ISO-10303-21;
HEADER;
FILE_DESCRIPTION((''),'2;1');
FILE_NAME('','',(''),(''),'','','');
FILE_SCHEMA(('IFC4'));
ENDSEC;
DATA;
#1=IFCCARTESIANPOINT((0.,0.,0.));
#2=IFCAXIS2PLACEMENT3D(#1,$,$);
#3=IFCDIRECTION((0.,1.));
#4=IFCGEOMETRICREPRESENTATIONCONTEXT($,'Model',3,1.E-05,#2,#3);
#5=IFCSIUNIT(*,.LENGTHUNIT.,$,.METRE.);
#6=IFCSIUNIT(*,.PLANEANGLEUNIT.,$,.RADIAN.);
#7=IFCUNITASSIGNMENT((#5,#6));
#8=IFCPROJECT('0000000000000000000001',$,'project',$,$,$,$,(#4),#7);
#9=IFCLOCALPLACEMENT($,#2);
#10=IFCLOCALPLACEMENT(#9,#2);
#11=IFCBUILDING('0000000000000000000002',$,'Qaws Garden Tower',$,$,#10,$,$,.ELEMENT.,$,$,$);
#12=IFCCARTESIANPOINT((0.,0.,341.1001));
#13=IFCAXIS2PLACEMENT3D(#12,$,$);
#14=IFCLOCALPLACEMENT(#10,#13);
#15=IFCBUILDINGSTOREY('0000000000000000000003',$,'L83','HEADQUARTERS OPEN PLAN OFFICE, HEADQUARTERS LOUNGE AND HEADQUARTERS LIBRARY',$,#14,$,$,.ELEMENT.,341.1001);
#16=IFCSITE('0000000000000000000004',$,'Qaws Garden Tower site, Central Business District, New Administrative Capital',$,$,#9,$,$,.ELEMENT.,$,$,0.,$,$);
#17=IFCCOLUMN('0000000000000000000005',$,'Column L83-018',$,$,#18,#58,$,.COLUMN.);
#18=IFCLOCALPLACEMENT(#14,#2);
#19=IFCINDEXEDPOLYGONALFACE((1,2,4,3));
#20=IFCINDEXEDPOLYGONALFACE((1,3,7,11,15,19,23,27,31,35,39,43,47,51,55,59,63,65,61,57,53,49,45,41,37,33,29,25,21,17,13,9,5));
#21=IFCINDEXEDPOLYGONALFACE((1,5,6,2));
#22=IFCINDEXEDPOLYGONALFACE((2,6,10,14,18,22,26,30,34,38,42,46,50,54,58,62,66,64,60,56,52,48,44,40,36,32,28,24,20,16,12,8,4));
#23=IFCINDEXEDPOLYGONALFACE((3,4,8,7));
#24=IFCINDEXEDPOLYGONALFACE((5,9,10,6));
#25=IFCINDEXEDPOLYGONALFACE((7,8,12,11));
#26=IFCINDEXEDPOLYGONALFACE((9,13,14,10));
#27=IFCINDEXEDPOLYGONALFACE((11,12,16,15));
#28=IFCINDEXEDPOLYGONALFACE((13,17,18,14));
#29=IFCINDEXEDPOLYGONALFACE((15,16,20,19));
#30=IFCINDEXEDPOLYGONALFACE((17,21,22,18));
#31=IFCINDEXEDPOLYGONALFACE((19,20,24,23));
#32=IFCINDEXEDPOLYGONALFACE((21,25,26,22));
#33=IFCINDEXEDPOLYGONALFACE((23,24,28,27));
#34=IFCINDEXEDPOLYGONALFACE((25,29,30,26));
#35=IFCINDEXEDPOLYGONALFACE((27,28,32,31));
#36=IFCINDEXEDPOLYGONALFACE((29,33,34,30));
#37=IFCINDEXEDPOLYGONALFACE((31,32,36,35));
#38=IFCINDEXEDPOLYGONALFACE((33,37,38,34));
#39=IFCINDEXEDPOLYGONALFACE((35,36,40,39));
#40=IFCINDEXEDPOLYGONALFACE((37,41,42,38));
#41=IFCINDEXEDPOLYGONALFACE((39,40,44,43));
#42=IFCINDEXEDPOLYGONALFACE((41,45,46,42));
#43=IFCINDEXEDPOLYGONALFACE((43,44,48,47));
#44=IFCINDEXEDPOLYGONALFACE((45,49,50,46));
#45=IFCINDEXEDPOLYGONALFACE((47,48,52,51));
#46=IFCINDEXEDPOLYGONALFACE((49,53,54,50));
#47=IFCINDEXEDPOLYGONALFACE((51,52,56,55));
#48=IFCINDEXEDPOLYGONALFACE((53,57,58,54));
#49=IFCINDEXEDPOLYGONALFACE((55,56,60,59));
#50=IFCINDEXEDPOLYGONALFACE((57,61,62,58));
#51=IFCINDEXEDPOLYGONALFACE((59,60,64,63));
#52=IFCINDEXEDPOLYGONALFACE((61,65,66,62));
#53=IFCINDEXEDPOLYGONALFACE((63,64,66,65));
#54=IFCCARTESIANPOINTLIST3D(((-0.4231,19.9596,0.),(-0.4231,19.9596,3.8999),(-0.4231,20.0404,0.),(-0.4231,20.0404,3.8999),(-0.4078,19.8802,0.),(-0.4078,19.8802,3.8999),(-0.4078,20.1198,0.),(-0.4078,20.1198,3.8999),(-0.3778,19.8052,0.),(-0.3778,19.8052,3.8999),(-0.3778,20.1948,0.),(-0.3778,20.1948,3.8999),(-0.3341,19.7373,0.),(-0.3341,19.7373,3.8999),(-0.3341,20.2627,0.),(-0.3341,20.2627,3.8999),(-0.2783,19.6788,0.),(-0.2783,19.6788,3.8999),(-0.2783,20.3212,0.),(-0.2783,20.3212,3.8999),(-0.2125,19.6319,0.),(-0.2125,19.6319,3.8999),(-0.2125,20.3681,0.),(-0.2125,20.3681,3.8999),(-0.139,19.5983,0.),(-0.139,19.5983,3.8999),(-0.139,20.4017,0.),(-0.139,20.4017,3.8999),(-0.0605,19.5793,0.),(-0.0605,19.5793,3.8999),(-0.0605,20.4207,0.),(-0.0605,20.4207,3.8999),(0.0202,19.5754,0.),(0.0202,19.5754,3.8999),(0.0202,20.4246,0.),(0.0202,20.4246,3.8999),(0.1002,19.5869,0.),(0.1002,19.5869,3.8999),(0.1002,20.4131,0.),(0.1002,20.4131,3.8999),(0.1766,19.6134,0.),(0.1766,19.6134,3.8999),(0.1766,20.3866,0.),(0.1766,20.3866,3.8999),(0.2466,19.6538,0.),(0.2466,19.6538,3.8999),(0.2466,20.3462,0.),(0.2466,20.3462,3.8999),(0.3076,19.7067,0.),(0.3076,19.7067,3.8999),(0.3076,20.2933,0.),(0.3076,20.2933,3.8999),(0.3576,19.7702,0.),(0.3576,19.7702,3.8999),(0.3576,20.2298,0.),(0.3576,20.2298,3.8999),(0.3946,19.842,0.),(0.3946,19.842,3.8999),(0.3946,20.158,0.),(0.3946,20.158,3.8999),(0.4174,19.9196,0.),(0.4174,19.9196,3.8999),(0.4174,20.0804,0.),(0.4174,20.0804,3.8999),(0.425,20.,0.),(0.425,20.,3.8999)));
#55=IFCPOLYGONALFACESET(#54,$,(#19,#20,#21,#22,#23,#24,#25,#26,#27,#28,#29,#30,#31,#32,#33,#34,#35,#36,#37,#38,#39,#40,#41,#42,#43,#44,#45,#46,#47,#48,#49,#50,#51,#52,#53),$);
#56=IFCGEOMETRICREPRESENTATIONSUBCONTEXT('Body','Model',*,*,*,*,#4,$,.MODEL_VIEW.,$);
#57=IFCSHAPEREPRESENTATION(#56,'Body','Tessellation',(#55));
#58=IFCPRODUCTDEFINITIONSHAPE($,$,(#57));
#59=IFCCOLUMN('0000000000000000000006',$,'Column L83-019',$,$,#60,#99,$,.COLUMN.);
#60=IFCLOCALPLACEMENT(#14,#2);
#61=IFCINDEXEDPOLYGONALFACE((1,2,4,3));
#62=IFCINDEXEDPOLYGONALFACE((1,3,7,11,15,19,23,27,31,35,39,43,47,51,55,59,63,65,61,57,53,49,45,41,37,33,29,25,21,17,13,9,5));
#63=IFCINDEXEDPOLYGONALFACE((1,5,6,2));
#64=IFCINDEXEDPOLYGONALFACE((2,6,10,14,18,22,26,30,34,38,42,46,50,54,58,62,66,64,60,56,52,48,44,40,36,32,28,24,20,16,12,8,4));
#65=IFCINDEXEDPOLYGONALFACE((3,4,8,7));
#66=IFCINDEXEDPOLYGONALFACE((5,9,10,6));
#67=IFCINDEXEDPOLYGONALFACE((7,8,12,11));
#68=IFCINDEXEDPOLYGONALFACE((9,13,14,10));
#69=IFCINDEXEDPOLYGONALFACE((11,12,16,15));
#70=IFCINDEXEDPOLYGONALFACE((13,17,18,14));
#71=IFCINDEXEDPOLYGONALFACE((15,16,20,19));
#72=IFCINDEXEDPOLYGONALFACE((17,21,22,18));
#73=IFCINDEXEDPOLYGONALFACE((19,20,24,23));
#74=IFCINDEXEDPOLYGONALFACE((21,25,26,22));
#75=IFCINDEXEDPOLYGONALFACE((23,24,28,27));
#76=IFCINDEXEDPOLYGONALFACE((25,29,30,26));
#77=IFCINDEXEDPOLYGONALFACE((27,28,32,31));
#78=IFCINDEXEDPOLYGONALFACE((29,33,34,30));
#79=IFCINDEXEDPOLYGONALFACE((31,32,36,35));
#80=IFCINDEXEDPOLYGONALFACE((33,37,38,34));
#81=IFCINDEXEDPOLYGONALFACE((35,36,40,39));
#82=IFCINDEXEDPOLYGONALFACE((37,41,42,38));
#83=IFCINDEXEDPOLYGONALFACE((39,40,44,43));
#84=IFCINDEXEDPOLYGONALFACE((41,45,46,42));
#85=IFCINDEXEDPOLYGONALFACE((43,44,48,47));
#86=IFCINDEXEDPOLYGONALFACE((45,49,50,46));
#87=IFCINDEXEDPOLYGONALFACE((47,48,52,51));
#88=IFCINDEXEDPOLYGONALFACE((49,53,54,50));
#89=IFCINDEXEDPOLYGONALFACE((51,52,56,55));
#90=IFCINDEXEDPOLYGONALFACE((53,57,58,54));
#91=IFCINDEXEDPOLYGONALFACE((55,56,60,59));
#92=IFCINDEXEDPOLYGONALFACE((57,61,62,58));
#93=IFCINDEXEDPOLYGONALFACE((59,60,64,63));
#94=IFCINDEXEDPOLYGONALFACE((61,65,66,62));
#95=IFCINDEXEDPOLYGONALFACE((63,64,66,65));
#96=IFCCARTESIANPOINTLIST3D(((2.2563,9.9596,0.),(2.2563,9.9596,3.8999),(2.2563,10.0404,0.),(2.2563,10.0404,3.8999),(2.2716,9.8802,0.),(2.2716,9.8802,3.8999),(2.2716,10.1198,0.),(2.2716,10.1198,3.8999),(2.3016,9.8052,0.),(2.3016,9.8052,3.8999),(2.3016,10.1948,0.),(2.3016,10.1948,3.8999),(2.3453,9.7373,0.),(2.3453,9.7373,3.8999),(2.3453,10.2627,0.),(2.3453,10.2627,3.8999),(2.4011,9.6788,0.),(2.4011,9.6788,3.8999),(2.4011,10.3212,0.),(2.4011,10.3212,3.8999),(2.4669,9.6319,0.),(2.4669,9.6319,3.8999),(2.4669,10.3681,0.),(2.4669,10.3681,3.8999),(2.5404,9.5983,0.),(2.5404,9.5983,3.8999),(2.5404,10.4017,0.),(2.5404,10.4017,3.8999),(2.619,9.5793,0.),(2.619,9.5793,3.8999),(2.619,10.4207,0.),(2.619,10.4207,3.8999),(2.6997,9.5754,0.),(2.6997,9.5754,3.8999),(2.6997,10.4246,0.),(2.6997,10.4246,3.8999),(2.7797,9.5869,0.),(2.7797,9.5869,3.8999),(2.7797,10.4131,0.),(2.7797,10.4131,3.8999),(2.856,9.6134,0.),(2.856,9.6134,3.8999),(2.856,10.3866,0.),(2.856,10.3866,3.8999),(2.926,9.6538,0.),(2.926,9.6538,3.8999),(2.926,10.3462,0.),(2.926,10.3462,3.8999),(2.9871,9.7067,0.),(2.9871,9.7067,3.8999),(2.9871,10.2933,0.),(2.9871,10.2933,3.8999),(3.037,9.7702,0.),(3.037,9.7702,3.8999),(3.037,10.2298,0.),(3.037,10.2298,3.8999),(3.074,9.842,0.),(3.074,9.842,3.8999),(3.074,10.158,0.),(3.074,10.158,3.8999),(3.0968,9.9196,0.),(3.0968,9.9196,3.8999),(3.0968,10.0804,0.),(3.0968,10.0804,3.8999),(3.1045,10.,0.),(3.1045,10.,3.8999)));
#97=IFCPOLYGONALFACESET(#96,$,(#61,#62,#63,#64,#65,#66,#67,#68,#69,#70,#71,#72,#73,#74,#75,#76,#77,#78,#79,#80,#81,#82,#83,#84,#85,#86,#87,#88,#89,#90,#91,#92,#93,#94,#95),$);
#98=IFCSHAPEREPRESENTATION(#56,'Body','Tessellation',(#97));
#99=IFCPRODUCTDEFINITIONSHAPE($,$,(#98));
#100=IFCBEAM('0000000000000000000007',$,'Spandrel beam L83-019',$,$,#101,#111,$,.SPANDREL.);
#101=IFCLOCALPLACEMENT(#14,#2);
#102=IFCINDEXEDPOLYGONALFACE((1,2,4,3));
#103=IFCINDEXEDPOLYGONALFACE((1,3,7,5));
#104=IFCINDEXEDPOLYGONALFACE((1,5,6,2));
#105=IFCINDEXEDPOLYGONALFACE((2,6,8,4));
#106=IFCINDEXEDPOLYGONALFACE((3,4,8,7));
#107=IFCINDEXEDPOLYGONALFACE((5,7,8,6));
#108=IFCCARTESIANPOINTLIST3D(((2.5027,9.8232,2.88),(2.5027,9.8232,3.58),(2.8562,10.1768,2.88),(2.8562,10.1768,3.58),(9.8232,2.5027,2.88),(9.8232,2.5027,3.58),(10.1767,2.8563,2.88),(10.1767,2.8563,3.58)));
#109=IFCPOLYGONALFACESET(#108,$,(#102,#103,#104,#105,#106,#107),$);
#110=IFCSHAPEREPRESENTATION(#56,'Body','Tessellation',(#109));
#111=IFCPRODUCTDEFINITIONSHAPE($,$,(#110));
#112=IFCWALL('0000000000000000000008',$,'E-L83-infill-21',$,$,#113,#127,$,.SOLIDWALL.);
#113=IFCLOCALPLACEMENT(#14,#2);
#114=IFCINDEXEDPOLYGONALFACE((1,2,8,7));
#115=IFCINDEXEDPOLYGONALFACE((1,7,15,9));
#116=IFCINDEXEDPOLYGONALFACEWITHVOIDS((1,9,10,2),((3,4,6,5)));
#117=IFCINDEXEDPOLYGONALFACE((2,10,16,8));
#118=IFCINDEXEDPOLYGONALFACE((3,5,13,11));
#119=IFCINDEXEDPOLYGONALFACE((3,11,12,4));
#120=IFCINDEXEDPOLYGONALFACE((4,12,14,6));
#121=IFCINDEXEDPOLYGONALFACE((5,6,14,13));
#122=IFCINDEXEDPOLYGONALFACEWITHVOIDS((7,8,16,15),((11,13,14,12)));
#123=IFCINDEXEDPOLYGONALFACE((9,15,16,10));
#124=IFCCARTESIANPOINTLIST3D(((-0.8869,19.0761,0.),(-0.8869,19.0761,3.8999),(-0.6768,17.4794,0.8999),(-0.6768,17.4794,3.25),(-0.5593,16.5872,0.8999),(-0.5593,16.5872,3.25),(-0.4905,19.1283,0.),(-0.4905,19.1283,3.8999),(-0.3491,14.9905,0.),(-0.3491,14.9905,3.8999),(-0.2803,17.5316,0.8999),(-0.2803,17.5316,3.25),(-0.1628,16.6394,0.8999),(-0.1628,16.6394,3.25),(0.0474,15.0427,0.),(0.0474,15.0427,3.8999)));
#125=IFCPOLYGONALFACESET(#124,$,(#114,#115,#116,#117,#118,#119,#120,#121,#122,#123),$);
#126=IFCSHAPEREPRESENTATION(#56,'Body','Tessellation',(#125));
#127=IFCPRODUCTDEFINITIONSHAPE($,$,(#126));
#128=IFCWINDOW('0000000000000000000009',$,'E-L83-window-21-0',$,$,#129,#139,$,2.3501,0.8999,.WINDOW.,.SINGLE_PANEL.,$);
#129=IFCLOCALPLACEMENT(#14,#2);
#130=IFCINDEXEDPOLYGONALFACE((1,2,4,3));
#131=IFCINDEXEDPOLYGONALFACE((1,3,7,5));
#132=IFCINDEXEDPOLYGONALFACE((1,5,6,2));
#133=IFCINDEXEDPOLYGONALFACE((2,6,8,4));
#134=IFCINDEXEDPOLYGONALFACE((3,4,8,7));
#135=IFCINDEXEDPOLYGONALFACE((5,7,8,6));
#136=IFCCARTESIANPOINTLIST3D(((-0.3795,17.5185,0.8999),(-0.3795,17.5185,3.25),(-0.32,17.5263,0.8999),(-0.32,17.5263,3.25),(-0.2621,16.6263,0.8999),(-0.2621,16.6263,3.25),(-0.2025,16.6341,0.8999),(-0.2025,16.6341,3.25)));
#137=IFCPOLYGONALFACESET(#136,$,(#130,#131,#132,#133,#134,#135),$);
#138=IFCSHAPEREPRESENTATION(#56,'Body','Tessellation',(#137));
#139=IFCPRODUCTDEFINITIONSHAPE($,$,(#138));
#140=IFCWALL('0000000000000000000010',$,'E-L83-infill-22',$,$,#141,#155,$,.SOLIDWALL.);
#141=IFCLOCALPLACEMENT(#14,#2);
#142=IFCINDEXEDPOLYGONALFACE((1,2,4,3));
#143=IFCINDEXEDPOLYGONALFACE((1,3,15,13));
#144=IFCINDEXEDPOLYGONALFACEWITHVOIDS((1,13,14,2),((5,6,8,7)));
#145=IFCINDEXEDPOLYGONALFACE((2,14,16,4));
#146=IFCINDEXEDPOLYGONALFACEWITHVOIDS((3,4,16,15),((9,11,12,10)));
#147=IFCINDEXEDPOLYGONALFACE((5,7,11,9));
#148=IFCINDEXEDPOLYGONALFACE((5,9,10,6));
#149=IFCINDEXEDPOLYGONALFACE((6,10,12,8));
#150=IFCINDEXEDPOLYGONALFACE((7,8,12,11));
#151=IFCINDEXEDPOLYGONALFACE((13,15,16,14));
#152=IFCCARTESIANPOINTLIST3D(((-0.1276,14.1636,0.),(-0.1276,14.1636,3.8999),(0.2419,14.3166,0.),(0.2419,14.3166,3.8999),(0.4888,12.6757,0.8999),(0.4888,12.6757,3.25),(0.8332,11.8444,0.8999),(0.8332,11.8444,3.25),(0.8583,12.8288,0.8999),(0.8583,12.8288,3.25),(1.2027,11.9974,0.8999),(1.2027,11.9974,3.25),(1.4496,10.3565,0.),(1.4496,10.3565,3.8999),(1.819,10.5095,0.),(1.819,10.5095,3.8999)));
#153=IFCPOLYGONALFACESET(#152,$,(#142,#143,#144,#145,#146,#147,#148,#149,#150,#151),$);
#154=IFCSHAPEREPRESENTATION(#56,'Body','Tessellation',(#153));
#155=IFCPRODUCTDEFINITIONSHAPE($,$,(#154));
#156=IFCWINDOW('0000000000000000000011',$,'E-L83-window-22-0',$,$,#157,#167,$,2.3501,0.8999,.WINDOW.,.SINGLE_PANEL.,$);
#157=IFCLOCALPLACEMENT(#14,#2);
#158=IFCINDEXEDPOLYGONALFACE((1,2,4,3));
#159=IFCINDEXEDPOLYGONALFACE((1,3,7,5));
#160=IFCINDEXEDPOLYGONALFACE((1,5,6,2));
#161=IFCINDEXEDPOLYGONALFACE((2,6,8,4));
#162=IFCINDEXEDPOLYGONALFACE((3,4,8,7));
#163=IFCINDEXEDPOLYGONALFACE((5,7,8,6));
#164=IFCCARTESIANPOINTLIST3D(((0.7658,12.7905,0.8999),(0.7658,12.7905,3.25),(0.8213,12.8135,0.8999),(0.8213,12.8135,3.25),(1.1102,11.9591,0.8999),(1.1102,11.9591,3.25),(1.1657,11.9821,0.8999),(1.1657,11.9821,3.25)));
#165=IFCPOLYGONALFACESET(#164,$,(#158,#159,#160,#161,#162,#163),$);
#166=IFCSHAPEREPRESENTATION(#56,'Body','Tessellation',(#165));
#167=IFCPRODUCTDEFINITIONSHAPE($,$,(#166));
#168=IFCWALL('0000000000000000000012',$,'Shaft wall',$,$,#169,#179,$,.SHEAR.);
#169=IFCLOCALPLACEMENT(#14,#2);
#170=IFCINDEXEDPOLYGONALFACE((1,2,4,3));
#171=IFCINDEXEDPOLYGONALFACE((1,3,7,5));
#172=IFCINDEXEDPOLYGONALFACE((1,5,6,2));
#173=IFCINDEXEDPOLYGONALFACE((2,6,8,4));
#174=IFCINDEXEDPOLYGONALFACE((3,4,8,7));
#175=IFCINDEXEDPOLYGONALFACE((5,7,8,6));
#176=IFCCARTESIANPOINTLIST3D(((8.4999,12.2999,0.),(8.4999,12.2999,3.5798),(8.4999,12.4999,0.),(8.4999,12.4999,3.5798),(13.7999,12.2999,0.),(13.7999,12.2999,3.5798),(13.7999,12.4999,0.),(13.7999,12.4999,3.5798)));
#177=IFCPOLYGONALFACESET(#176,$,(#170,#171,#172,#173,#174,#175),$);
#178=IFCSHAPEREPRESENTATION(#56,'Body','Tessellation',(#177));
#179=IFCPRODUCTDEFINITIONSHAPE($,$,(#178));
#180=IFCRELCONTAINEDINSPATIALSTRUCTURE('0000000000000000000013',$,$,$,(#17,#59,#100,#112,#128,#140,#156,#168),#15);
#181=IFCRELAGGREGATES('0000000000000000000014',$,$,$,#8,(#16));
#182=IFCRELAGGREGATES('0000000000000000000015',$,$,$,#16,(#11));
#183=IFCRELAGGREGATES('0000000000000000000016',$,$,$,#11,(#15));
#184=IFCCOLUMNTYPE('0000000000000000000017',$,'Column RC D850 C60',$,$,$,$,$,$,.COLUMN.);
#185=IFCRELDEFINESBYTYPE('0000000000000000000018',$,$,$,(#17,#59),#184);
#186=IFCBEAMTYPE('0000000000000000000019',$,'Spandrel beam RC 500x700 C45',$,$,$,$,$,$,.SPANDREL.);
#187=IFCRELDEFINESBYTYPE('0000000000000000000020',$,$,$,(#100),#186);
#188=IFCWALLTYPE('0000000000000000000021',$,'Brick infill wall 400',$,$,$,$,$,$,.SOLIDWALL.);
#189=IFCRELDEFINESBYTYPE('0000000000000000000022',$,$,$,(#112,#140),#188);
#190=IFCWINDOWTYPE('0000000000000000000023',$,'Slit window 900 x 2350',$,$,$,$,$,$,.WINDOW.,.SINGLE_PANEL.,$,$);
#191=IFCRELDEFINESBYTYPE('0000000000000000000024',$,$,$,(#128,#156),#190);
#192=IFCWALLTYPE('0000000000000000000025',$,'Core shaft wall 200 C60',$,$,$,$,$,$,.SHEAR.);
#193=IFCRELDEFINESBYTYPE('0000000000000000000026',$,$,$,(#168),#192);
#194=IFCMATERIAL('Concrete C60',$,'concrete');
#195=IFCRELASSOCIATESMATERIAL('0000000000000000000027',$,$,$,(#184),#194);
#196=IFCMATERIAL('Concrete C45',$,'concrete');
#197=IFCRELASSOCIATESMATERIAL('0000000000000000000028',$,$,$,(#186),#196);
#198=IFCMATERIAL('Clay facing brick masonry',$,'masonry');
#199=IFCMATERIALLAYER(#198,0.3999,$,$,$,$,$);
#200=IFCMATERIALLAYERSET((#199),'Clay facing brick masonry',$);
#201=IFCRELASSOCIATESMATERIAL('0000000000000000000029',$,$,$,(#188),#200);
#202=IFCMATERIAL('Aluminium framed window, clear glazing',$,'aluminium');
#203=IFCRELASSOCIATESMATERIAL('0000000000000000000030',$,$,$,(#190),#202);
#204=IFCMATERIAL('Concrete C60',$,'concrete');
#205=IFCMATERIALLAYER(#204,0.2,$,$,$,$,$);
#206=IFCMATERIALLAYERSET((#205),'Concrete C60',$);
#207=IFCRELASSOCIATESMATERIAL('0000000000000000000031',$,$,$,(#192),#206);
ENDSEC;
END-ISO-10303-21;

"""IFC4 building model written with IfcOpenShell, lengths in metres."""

from ifc_helpers import new_model, si_unit, direction, frame, frame_2d, origin, origin_2d, place, context, subcontext, project, spatial, rectangle, circle, extrude, material, layer, layer_set, material_profile, profile_set, type_object, element, fill, save


model = new_model("IFC4")

# Units and contexts
model_context = context("Model", 3, precision=1e-05, world=origin(), true_north=direction((0.0, 1.0)))
body_context = subcontext(model_context, "Body", "Model", "MODEL_VIEW")
ifc_project = project(units=[si_unit("LENGTHUNIT", "METRE"), si_unit("PLANEANGLEUNIT", "RADIAN")], contexts=[model_context])

# Site, building, storey
site_placement = place(None, origin())
site = spatial("IfcSite", under=ifc_project, at=site_placement, Name="Qaws Garden Tower site, Central Business District, New Administrative Capital", CompositionType="ELEMENT", RefElevation=0.0)
building_placement = place(site_placement, origin())
building = spatial("IfcBuilding", under=site, at=building_placement, Name="Qaws Garden Tower", CompositionType="ELEMENT")
storey_placement = place(building_placement, frame((0.0, 0.0, 341.1001)))
storey = spatial("IfcBuildingStorey", under=building, at=storey_placement, Name="L83", Description="HEADQUARTERS OPEN PLAN OFFICE, HEADQUARTERS LOUNGE AND HEADQUARTERS LIBRARY", CompositionType="ELEMENT", Elevation=341.1001)

# Columns
ifc_material_1 = material(Name="Concrete C60", Category="concrete")
ifc_material_profile_1 = material_profile(ifc_material_1, circle(Radius=0.425, at=origin_2d()), Name="RC D850")
ifc_profile_set_1 = profile_set([ifc_material_profile_1], Name="Concrete C60")
column_type = type_object("IfcColumnType", Name="Column RC D850 C60", PredefinedType="COLUMN", material=ifc_profile_set_1)
for number, where, z_axis, x_axis, name in (
    (1, (0.0, 20.0, 0.0), (0.0, 0.0, 1.0), (1.0, 0.0, 0.0), "Column L83-018"),
    (2, (2.6794, 10.0, 0.0), (0.0, 0.0, 1.0), (1.0, 0.0, 0.0), "Column L83-019"),
):
    element("IfcColumn", number, at=place(storey_placement, frame(where, z_axis=z_axis, x_axis=x_axis)), inside=storey, type_object=column_type, Name=name, PredefinedType="COLUMN", context=body_context, shape_type="SweptSolid", body=[
        extrude(circle(Radius=0.425, at=origin_2d()), origin(), (0.0, 0.0, 1.0), 3.8999),
    ])

# Beam
ifc_material_2 = material(Name="Concrete C45", Category="concrete")
ifc_material_profile_2 = material_profile(ifc_material_2, rectangle(XDim=0.5, YDim=0.7, at=origin_2d()), Name="RC 500x700")
ifc_profile_set_2 = profile_set([ifc_material_profile_2], Name="Concrete C45")
beam_type = type_object("IfcBeamType", Name="Spandrel beam RC 500x700 C45", PredefinedType="SPANDREL", material=ifc_profile_set_2)
beam_placement = place(storey_placement, frame((2.6794, 10.0, 3.23), z_axis=(0.707107, -0.707107, 0.0), x_axis=(0.707107, 0.707107, 0.0)))
element("IfcBeam", 3, at=beam_placement, inside=storey, type_object=beam_type, Name="Spandrel beam L83-019", PredefinedType="SPANDREL", context=body_context, shape_type="SweptSolid", body=[
    extrude(rectangle(XDim=0.5, YDim=0.7, at=origin_2d()), origin(), (0.0, 0.0, 1.0), 10.3528),
])

# Walls, openings, windows
ifc_material_3 = material(Name="Clay facing brick masonry", Category="masonry")
ifc_layer_1 = layer(ifc_material_3, 0.3999)
ifc_layer_set_1 = layer_set([ifc_layer_1], Name="Clay facing brick masonry")
wall_type_1 = type_object("IfcWallType", Name="Brick infill wall 400", PredefinedType="SOLIDWALL", material=ifc_layer_set_1)
wall_1_placement = place(storey_placement, frame((-0.6887, 19.1023, 0.0), z_axis=(0.0, 0.0, 1.0), x_axis=(0.130514, -0.991446, 0.0)))
wall_1 = element("IfcWall", 4, at=wall_1_placement, inside=storey, type_object=wall_type_1, Name="E-L83-infill-21", PredefinedType="SOLIDWALL", context=body_context, shape_type="SweptSolid", body=[
    extrude(rectangle(XDim=4.1208, YDim=0.3999, at=frame_2d((2.0605, 0.0))), origin(), (0.0, 0.0, 1.0), 3.8999),
])
opening_1_placement = place(wall_1_placement, frame((1.6106, 0.0, 0.8999)))
opening_1 = element("IfcOpeningElement", 5, at=opening_1_placement, cuts=wall_1, PredefinedType="OPENING", context=body_context, shape_type="SweptSolid", body=[
    extrude(rectangle(XDim=0.8999, YDim=2.3501, at=frame_2d((0.45, 1.175))), frame((0.0, 0.21, 0.0), z_axis=(0.0, -1.0, 0.0), x_axis=(1.0, 0.0, 0.0)), (0.0, 0.0, 1.0), 0.4199),
])
ifc_material_4 = material(Name="Aluminium framed window, clear glazing", Category="aluminium")
window_type = type_object("IfcWindowType", Name="Slit window 900 x 2350", PartitioningType="SINGLE_PANEL", PredefinedType="WINDOW", material=ifc_material_4)
window_1_placement = place(opening_1_placement, origin())
window_1 = element("IfcWindow", 6, at=window_1_placement, inside=storey, type_object=window_type, Name="E-L83-window-21-0", OverallHeight=2.3501, OverallWidth=0.8999, PartitioningType="SINGLE_PANEL", PredefinedType="WINDOW", context=body_context, shape_type="SweptSolid", body=[
    extrude(rectangle(XDim=0.8999, YDim=2.3501, at=frame_2d((0.45, 1.175))), frame((0.0, 0.1599, 0.0), z_axis=(0.0, -1.0, 0.0), x_axis=(1.0, 0.0, 0.0)), (0.0, 0.0, 1.0), 0.0601),
])
fill(opening_1, window_1)
wall_2_placement = place(storey_placement, frame((0.0571, 14.2402, 0.0), z_axis=(0.0, 0.0, 1.0), x_axis=(0.382722, -0.923864, 0.0)))
wall_2 = element("IfcWall", 7, at=wall_2_placement, inside=storey, type_object=wall_type_1, Name="E-L83-infill-22", PredefinedType="SOLIDWALL", context=body_context, shape_type="SweptSolid", body=[
    extrude(rectangle(XDim=4.1208, YDim=0.3999, at=frame_2d((2.0605, 0.0))), origin(), (0.0, 0.0, 1.0), 3.8999),
])
opening_2_placement = place(wall_2_placement, frame((1.6106, 0.0, 0.8999)))
opening_2 = element("IfcOpeningElement", 8, at=opening_2_placement, cuts=wall_2, PredefinedType="OPENING", context=body_context, shape_type="SweptSolid", body=[
    extrude(rectangle(XDim=0.8999, YDim=2.3501, at=frame_2d((0.45, 1.175))), frame((0.0, 0.21, 0.0), z_axis=(0.0, -1.0, 0.0), x_axis=(1.0, 0.0, 0.0)), (0.0, 0.0, 1.0), 0.4199),
])
window_2_placement = place(opening_2_placement, origin())
window_2 = element("IfcWindow", 9, at=window_2_placement, inside=storey, type_object=window_type, Name="E-L83-window-22-0", OverallHeight=2.3501, OverallWidth=0.8999, PartitioningType="SINGLE_PANEL", PredefinedType="WINDOW", context=body_context, shape_type="SweptSolid", body=[
    extrude(rectangle(XDim=0.8999, YDim=2.3501, at=frame_2d((0.45, 1.175))), frame((0.0, 0.1599, 0.0), z_axis=(0.0, -1.0, 0.0), x_axis=(1.0, 0.0, 0.0)), (0.0, 0.0, 1.0), 0.0601),
])
fill(opening_2, window_2)

# Wall
ifc_material_5 = material(Name="Concrete C60", Category="concrete")
ifc_layer_2 = layer(ifc_material_5, 0.2)
ifc_layer_set_2 = layer_set([ifc_layer_2], Name="Concrete C60")
wall_type_2 = type_object("IfcWallType", Name="Core shaft wall 200 C60", PredefinedType="SHEAR", material=ifc_layer_set_2)
wall_3_placement = place(storey_placement, frame((8.5, 12.3999, 0.0), z_axis=(0.0, 0.0, 1.0), x_axis=(1.0, 0.0, 0.0)))
element("IfcWall", 10, at=wall_3_placement, inside=storey, type_object=wall_type_2, Name="Shaft wall", PredefinedType="SHEAR", context=body_context, shape_type="SweptSolid", body=[
    extrude(rectangle(XDim=5.3, YDim=0.2, at=frame_2d((2.6499, 0.0))), origin(), (0.0, 0.0, 1.0), 3.5798),
])

save(model, "model.ifc")
